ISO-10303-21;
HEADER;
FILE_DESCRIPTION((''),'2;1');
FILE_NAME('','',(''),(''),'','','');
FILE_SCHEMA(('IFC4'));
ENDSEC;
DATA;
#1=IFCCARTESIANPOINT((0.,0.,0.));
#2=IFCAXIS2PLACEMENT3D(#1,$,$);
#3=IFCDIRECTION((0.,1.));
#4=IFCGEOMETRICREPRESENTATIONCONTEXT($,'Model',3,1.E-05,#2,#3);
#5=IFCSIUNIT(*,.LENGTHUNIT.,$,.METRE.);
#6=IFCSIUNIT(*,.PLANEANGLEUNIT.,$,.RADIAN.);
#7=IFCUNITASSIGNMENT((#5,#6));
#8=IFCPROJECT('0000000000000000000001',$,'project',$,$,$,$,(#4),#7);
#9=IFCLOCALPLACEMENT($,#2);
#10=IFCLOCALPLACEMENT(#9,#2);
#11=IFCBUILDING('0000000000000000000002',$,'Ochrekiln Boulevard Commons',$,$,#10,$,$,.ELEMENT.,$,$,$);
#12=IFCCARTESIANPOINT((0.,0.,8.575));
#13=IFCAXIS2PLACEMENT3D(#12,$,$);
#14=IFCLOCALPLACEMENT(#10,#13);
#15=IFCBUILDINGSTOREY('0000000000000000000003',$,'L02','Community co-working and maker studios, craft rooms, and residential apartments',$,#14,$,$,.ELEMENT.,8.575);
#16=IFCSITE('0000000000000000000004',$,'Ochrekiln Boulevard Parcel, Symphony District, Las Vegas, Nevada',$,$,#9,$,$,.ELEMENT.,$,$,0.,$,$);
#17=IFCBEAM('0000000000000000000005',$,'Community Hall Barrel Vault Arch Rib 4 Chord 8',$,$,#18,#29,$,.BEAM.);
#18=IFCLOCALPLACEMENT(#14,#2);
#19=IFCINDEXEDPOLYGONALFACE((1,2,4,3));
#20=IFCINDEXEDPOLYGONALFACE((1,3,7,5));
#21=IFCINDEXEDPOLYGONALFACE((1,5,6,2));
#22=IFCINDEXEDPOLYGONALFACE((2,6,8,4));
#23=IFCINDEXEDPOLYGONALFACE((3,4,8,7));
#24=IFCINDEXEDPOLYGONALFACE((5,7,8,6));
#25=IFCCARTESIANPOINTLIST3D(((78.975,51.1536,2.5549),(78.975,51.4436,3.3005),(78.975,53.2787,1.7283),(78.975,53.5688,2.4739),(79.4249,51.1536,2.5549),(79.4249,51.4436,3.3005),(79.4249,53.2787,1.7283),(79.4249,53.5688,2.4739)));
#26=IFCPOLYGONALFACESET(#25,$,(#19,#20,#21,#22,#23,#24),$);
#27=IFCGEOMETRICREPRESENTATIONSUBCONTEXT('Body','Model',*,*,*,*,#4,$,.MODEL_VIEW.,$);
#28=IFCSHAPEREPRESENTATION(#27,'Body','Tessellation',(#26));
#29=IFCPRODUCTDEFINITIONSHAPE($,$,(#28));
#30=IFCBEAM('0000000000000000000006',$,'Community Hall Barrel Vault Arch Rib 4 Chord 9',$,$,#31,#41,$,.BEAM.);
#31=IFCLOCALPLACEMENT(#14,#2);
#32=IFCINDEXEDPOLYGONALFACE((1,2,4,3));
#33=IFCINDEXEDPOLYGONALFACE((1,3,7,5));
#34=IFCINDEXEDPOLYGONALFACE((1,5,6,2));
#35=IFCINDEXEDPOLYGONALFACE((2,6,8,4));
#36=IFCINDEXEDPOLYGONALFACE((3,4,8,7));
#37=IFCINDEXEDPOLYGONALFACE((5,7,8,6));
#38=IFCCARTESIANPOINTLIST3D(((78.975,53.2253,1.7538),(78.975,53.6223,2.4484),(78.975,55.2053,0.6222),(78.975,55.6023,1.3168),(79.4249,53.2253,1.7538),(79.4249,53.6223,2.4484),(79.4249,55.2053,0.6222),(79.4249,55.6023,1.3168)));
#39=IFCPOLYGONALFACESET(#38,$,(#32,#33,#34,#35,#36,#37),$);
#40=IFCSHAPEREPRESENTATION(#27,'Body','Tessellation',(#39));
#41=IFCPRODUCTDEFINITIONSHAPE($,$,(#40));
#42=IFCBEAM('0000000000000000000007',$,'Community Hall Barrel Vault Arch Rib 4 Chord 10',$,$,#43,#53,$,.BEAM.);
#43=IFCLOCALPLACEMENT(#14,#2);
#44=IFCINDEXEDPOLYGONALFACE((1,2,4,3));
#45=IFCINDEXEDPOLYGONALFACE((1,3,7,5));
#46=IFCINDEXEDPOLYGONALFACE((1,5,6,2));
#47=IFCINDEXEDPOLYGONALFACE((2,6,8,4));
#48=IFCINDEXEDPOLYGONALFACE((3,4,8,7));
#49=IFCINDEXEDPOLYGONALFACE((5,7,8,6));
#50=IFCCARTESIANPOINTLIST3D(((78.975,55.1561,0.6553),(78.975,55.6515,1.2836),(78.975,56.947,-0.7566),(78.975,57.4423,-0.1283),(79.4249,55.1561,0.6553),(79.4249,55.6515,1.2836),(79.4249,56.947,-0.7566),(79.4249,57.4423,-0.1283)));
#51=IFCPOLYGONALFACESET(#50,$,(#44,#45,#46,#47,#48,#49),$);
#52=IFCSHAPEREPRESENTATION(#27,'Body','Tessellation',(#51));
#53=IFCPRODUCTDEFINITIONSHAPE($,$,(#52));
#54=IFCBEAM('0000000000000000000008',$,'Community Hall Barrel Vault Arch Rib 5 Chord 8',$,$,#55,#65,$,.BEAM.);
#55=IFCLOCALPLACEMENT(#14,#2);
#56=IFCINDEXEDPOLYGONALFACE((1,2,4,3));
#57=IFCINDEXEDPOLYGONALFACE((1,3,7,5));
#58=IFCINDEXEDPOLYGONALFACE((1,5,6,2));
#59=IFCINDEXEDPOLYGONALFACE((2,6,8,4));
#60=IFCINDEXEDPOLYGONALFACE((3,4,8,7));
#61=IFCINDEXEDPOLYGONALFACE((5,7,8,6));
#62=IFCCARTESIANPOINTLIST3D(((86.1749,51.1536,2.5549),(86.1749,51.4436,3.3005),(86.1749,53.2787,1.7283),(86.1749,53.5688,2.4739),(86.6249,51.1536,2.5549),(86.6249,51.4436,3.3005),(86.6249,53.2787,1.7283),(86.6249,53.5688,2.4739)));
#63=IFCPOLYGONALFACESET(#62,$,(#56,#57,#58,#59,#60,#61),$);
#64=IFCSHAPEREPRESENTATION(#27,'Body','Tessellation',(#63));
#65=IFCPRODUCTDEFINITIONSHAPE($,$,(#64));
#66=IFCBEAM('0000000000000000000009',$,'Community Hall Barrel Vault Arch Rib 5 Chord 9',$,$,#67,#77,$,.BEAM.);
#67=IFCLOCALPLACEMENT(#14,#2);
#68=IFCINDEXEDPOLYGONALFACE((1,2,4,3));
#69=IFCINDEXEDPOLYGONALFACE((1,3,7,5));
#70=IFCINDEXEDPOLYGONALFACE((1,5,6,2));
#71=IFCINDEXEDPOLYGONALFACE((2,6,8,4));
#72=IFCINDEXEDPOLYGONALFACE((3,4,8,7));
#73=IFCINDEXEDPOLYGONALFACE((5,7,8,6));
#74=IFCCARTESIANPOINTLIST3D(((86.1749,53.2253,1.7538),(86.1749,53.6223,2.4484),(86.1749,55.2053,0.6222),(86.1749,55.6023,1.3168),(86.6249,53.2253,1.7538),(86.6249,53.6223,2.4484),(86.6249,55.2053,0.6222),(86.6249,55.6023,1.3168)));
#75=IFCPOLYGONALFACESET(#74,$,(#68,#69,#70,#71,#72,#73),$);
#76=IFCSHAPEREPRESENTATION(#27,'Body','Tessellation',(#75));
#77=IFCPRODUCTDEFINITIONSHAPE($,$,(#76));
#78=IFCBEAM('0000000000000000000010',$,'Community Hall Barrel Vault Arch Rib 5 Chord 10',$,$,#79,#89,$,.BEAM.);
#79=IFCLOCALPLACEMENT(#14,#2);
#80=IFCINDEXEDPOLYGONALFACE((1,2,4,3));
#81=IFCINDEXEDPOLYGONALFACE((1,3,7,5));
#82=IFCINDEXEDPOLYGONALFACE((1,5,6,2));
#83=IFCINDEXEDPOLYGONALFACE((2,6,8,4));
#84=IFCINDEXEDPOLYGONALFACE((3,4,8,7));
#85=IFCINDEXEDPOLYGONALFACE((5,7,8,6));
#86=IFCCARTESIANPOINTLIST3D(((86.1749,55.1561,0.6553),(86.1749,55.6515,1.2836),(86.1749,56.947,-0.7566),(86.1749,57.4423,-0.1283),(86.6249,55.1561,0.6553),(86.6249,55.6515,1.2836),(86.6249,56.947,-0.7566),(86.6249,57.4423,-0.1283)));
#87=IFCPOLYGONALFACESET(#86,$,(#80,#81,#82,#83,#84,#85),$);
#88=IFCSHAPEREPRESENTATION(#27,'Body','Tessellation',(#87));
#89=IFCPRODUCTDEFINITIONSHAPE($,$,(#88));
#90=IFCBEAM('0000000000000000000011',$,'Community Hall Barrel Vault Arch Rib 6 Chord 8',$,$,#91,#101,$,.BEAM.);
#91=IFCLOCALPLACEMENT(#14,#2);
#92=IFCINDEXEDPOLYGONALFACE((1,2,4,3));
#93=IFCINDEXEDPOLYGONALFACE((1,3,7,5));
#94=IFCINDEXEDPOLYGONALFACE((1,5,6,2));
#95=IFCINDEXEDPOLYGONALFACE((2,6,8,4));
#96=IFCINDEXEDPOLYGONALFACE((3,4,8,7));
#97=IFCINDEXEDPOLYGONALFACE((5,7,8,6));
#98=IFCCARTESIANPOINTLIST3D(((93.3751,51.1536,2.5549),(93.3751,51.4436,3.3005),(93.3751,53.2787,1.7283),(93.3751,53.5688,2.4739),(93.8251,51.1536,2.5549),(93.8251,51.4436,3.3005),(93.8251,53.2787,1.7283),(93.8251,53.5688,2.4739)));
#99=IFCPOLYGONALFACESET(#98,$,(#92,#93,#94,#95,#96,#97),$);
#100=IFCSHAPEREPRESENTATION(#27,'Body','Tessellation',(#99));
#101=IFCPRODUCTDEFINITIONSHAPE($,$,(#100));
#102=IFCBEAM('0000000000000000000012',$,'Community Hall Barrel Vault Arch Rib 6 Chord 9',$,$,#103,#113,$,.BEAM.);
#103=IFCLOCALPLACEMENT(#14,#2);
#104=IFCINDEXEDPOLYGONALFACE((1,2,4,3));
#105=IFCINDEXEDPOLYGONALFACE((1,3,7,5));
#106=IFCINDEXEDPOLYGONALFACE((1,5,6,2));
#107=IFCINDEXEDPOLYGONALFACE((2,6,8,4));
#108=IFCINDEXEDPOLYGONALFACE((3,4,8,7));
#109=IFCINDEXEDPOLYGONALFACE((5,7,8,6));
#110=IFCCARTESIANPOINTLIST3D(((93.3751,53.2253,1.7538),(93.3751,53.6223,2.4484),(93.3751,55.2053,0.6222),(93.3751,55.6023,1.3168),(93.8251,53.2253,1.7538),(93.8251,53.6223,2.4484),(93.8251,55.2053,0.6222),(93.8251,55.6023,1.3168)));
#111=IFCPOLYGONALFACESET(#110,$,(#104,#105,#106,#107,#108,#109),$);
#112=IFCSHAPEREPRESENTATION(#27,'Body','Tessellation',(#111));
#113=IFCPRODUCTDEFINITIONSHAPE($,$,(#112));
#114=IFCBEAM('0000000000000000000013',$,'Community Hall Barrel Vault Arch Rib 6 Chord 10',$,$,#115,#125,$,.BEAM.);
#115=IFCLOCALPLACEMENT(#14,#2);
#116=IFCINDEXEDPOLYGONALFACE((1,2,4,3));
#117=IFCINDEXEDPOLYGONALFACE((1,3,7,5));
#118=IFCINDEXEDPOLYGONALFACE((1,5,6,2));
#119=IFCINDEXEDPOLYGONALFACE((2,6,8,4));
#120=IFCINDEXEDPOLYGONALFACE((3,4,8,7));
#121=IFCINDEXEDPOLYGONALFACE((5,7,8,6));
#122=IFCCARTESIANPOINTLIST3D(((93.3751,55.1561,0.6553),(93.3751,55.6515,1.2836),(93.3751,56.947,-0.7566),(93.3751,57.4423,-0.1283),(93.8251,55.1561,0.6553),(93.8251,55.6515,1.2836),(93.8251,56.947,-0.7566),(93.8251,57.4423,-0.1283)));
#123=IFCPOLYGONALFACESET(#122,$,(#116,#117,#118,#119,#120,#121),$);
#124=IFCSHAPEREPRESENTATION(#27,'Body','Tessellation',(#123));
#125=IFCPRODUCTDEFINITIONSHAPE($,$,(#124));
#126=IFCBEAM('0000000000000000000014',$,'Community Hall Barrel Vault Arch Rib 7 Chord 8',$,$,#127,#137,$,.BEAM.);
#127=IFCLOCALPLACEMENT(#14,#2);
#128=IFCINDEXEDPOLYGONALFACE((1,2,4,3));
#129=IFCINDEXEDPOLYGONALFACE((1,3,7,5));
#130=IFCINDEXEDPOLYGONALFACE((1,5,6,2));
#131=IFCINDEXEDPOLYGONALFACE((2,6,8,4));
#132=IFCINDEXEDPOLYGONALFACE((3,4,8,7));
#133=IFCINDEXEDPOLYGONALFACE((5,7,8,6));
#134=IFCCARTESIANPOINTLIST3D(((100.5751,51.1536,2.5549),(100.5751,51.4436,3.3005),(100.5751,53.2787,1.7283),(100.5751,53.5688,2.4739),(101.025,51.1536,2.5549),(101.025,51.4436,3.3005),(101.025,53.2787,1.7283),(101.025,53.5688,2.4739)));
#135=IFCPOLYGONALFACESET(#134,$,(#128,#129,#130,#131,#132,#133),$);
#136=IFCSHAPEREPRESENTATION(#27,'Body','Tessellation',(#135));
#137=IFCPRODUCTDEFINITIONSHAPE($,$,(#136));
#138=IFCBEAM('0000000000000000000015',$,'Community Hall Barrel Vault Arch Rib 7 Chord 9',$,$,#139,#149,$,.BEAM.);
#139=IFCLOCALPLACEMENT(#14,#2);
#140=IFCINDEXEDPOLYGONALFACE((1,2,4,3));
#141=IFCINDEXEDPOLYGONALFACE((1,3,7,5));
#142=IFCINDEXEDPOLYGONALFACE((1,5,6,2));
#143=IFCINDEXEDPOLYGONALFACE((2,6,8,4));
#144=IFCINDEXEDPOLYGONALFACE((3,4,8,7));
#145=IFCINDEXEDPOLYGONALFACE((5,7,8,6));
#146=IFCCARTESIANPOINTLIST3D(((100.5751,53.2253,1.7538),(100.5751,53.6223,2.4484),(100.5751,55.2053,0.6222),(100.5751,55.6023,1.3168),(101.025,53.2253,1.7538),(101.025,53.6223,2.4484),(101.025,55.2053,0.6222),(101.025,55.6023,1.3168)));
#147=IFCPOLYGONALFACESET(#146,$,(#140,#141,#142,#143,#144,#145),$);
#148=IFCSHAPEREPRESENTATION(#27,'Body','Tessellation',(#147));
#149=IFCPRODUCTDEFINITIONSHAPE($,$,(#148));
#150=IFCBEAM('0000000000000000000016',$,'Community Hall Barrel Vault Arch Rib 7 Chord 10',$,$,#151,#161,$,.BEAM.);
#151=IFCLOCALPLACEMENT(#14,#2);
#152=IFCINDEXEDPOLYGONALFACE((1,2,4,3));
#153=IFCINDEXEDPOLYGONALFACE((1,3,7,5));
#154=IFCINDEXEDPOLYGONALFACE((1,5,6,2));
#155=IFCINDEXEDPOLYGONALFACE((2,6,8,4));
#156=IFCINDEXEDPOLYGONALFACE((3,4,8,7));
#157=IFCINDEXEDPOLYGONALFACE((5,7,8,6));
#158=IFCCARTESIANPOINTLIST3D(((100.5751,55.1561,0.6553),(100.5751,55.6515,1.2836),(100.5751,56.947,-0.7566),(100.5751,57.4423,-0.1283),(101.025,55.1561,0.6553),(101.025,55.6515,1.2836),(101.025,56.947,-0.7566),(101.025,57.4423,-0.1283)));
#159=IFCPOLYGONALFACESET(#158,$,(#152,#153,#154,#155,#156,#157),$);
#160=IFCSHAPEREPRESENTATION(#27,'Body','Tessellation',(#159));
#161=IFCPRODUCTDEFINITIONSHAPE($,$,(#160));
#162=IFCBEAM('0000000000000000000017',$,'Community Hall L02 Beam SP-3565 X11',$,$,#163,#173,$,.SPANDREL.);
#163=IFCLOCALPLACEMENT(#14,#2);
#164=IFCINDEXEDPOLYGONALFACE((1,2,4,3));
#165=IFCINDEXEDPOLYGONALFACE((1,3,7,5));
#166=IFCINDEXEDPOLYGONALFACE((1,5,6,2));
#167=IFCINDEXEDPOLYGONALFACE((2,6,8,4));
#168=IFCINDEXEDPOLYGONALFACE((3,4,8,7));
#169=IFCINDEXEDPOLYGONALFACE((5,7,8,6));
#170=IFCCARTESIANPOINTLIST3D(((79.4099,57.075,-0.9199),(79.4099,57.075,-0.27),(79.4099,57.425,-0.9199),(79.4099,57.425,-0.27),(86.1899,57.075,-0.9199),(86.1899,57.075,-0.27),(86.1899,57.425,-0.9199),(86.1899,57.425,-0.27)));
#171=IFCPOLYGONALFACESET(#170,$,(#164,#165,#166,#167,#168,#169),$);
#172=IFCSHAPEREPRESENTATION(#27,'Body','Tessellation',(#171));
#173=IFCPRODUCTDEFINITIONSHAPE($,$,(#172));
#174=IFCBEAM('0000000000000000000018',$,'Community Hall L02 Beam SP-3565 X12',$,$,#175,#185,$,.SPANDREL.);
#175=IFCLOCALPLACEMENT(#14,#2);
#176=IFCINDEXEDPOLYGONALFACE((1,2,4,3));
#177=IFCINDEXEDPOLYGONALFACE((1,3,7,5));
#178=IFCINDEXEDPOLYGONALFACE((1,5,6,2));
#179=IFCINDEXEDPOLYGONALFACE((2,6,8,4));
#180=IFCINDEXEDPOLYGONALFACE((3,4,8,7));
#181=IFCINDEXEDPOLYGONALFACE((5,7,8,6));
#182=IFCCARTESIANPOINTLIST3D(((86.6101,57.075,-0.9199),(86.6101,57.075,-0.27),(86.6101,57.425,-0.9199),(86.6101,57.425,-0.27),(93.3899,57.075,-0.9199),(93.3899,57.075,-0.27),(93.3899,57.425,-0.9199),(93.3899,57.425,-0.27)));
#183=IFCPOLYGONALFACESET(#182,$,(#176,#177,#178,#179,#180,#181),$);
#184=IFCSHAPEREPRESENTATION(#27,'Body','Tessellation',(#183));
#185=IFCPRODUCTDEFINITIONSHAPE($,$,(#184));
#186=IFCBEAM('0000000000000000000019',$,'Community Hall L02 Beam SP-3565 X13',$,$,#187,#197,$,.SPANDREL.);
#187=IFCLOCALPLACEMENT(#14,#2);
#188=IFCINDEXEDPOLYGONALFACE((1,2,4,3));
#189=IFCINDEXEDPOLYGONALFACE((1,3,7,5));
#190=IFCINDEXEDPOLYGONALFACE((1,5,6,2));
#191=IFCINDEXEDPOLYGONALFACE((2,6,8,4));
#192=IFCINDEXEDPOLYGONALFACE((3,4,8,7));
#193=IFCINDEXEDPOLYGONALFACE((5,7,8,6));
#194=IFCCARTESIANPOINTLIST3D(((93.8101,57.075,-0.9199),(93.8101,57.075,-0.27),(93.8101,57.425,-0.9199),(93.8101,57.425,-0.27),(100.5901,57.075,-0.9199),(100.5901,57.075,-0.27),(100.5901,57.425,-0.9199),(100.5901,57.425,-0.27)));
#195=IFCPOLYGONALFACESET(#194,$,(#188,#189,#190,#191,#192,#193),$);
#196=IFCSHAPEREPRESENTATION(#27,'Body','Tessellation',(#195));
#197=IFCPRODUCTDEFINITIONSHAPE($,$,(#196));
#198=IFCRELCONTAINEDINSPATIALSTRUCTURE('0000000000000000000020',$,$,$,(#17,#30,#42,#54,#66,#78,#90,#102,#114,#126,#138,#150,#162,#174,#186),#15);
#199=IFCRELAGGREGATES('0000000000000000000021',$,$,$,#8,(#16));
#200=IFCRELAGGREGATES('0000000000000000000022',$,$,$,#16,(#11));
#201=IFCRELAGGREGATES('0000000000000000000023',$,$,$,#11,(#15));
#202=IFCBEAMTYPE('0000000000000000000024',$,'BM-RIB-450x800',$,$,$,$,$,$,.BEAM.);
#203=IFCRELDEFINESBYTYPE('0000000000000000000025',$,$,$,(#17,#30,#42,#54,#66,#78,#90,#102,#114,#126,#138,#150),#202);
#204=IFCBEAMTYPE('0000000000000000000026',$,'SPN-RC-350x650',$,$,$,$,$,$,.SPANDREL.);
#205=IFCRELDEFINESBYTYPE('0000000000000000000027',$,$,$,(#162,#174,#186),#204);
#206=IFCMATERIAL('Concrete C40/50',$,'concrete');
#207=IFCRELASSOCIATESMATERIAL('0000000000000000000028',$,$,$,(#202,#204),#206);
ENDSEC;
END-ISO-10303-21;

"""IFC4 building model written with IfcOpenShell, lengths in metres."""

from ifc_helpers import new_model, si_unit, direction, frame, origin, origin_2d, place, context, subcontext, project, spatial, rectangle, extrude, material, material_profile, profile_set, type_object, element, save


model = new_model("IFC4")

# Units and contexts
model_context = context("Model", 3, precision=1e-05, world=origin(), true_north=direction((0.0, 1.0)))
body_context = subcontext(model_context, "Body", "Model", "MODEL_VIEW")
ifc_project = project(units=[si_unit("LENGTHUNIT", "METRE"), si_unit("PLANEANGLEUNIT", "RADIAN")], contexts=[model_context])

# Site, building, storey
site_placement = place(None, origin())
site = spatial("IfcSite", under=ifc_project, at=site_placement, Name="Ochrekiln Boulevard Parcel, Symphony District, Las Vegas, Nevada", CompositionType="ELEMENT", RefElevation=0.0)
building_placement = place(site_placement, origin())
building = spatial("IfcBuilding", under=site, at=building_placement, Name="Ochrekiln Boulevard Commons", CompositionType="ELEMENT")
storey_placement = place(building_placement, frame((0.0, 0.0, 8.575)))
storey = spatial("IfcBuildingStorey", under=building, at=storey_placement, Name="L02", Description="Community co-working and maker studios, craft rooms, and residential apartments", CompositionType="ELEMENT", Elevation=8.575)

# Beams
ifc_material_1 = material(Name="Concrete C40/50", Category="concrete")
ifc_material_profile_1 = material_profile(ifc_material_1, rectangle(XDim=0.45, YDim=0.8, at=origin_2d()), Name="RC-RIB-450x800")
ifc_profile_set_1 = profile_set([ifc_material_profile_1], Name="Concrete C40/50")
beam_type_1 = type_object("IfcBeamType", Name="BM-RIB-450x800", PredefinedType="BEAM", material=ifc_profile_set_1)
beam_1_placement = place(storey_placement, frame((79.2, 51.2986, 2.9277), z_axis=(0.0, 0.931979, -0.362513), x_axis=(-1.0, 0.0, 0.0)))
element("IfcBeam", 1, at=beam_1_placement, inside=storey, type_object=beam_type_1, Name="Community Hall Barrel Vault Arch Rib 4 Chord 8", PredefinedType="BEAM", context=body_context, shape_type="SweptSolid", body=[
    extrude(rectangle(XDim=0.45, YDim=0.8, at=origin_2d()), origin(), (0.0, 0.0, 1.0), 2.2803),
])
for number, where, z_axis, x_axis, name in (
    (2, (79.2, 53.4238, 2.1011), (0.0, 0.86821, -0.496197), (-1.0, 0.0, 0.0), "Community Hall Barrel Vault Arch Rib 4 Chord 9"),
    (3, (79.2, 55.4038, 0.9695), (0.0, 0.785288, -0.61913), (-1.0, 0.0, 0.0), "Community Hall Barrel Vault Arch Rib 4 Chord 10"),
):
    element("IfcBeam", number, at=place(storey_placement, frame(where, z_axis=z_axis, x_axis=x_axis)), inside=storey, type_object=beam_type_1, Name=name, PredefinedType="BEAM", context=body_context, shape_type="SweptSolid", body=[
        extrude(rectangle(XDim=0.45, YDim=0.8, at=origin_2d()), origin(), (0.0, 0.0, 1.0), 2.2805),
    ])
beam_2_placement = place(storey_placement, frame((86.3999, 51.2986, 2.9277), z_axis=(0.0, 0.931979, -0.362513), x_axis=(-1.0, 0.0, 0.0)))
element("IfcBeam", 4, at=beam_2_placement, inside=storey, type_object=beam_type_1, Name="Community Hall Barrel Vault Arch Rib 5 Chord 8", PredefinedType="BEAM", context=body_context, shape_type="SweptSolid", body=[
    extrude(rectangle(XDim=0.45, YDim=0.8, at=origin_2d()), origin(), (0.0, 0.0, 1.0), 2.2803),
])
for number, where, z_axis, x_axis, name in (
    (5, (86.3999, 53.4238, 2.1011), (0.0, 0.86821, -0.496197), (-1.0, 0.0, 0.0), "Community Hall Barrel Vault Arch Rib 5 Chord 9"),
    (6, (86.3999, 55.4038, 0.9695), (0.0, 0.785288, -0.61913), (-1.0, 0.0, 0.0), "Community Hall Barrel Vault Arch Rib 5 Chord 10"),
):
    element("IfcBeam", number, at=place(storey_placement, frame(where, z_axis=z_axis, x_axis=x_axis)), inside=storey, type_object=beam_type_1, Name=name, PredefinedType="BEAM", context=body_context, shape_type="SweptSolid", body=[
        extrude(rectangle(XDim=0.45, YDim=0.8, at=origin_2d()), origin(), (0.0, 0.0, 1.0), 2.2805),
    ])
beam_3_placement = place(storey_placement, frame((93.6001, 51.2986, 2.9277), z_axis=(0.0, 0.931979, -0.362513), x_axis=(-1.0, 0.0, 0.0)))
element("IfcBeam", 7, at=beam_3_placement, inside=storey, type_object=beam_type_1, Name="Community Hall Barrel Vault Arch Rib 6 Chord 8", PredefinedType="BEAM", context=body_context, shape_type="SweptSolid", body=[
    extrude(rectangle(XDim=0.45, YDim=0.8, at=origin_2d()), origin(), (0.0, 0.0, 1.0), 2.2803),
])
for number, where, z_axis, x_axis, name in (
    (8, (93.6001, 53.4238, 2.1011), (0.0, 0.86821, -0.496197), (-1.0, 0.0, 0.0), "Community Hall Barrel Vault Arch Rib 6 Chord 9"),
    (9, (93.6001, 55.4038, 0.9695), (0.0, 0.785288, -0.61913), (-1.0, 0.0, 0.0), "Community Hall Barrel Vault Arch Rib 6 Chord 10"),
):
    element("IfcBeam", number, at=place(storey_placement, frame(where, z_axis=z_axis, x_axis=x_axis)), inside=storey, type_object=beam_type_1, Name=name, PredefinedType="BEAM", context=body_context, shape_type="SweptSolid", body=[
        extrude(rectangle(XDim=0.45, YDim=0.8, at=origin_2d()), origin(), (0.0, 0.0, 1.0), 2.2805),
    ])
beam_4_placement = place(storey_placement, frame((100.8, 51.2986, 2.9277), z_axis=(0.0, 0.931979, -0.362513), x_axis=(-1.0, 0.0, 0.0)))
element("IfcBeam", 10, at=beam_4_placement, inside=storey, type_object=beam_type_1, Name="Community Hall Barrel Vault Arch Rib 7 Chord 8", PredefinedType="BEAM", context=body_context, shape_type="SweptSolid", body=[
    extrude(rectangle(XDim=0.45, YDim=0.8, at=origin_2d()), origin(), (0.0, 0.0, 1.0), 2.2803),
])
for number, where, z_axis, x_axis, name in (
    (11, (100.8, 53.4238, 2.1011), (0.0, 0.86821, -0.496197), (-1.0, 0.0, 0.0), "Community Hall Barrel Vault Arch Rib 7 Chord 9"),
    (12, (100.8, 55.4038, 0.9695), (0.0, 0.785288, -0.61913), (-1.0, 0.0, 0.0), "Community Hall Barrel Vault Arch Rib 7 Chord 10"),
):
    element("IfcBeam", number, at=place(storey_placement, frame(where, z_axis=z_axis, x_axis=x_axis)), inside=storey, type_object=beam_type_1, Name=name, PredefinedType="BEAM", context=body_context, shape_type="SweptSolid", body=[
        extrude(rectangle(XDim=0.45, YDim=0.8, at=origin_2d()), origin(), (0.0, 0.0, 1.0), 2.2805),
    ])
ifc_material_profile_2 = material_profile(ifc_material_1, rectangle(XDim=0.3501, YDim=0.6499, at=origin_2d()), Name="RC-SPN-350x650")
ifc_profile_set_2 = profile_set([ifc_material_profile_2], Name="Concrete C40/50")
beam_type_2 = type_object("IfcBeamType", Name="SPN-RC-350x650", PredefinedType="SPANDREL", material=ifc_profile_set_2)
beam_5_placement = place(storey_placement, frame((79.4099, 57.25, -0.595), z_axis=(1.0, 0.0, 0.0), x_axis=(0.0, 1.0, 0.0)))
element("IfcBeam", 13, at=beam_5_placement, inside=storey, type_object=beam_type_2, Name="Community Hall L02 Beam SP-3565 X11", PredefinedType="SPANDREL", context=body_context, shape_type="SweptSolid", body=[
    extrude(rectangle(XDim=0.3501, YDim=0.6499, at=origin_2d()), origin(), (0.0, 0.0, 1.0), 6.78),
])
beam_6_placement = place(storey_placement, frame((86.6101, 57.25, -0.595), z_axis=(1.0, 0.0, 0.0), x_axis=(0.0, 1.0, 0.0)))
element("IfcBeam", 14, at=beam_6_placement, inside=storey, type_object=beam_type_2, Name="Community Hall L02 Beam SP-3565 X12", PredefinedType="SPANDREL", context=body_context, shape_type="SweptSolid", body=[
    extrude(rectangle(XDim=0.3501, YDim=0.6499, at=origin_2d()), origin(), (0.0, 0.0, 1.0), 6.7798),
])
beam_7_placement = place(storey_placement, frame((93.8101, 57.25, -0.595), z_axis=(1.0, 0.0, 0.0), x_axis=(0.0, 1.0, 0.0)))
element("IfcBeam", 15, at=beam_7_placement, inside=storey, type_object=beam_type_2, Name="Community Hall L02 Beam SP-3565 X13", PredefinedType="SPANDREL", context=body_context, shape_type="SweptSolid", body=[
    extrude(rectangle(XDim=0.3501, YDim=0.6499, at=origin_2d()), origin(), (0.0, 0.0, 1.0), 6.78),
])

save(model, "model.ifc")
